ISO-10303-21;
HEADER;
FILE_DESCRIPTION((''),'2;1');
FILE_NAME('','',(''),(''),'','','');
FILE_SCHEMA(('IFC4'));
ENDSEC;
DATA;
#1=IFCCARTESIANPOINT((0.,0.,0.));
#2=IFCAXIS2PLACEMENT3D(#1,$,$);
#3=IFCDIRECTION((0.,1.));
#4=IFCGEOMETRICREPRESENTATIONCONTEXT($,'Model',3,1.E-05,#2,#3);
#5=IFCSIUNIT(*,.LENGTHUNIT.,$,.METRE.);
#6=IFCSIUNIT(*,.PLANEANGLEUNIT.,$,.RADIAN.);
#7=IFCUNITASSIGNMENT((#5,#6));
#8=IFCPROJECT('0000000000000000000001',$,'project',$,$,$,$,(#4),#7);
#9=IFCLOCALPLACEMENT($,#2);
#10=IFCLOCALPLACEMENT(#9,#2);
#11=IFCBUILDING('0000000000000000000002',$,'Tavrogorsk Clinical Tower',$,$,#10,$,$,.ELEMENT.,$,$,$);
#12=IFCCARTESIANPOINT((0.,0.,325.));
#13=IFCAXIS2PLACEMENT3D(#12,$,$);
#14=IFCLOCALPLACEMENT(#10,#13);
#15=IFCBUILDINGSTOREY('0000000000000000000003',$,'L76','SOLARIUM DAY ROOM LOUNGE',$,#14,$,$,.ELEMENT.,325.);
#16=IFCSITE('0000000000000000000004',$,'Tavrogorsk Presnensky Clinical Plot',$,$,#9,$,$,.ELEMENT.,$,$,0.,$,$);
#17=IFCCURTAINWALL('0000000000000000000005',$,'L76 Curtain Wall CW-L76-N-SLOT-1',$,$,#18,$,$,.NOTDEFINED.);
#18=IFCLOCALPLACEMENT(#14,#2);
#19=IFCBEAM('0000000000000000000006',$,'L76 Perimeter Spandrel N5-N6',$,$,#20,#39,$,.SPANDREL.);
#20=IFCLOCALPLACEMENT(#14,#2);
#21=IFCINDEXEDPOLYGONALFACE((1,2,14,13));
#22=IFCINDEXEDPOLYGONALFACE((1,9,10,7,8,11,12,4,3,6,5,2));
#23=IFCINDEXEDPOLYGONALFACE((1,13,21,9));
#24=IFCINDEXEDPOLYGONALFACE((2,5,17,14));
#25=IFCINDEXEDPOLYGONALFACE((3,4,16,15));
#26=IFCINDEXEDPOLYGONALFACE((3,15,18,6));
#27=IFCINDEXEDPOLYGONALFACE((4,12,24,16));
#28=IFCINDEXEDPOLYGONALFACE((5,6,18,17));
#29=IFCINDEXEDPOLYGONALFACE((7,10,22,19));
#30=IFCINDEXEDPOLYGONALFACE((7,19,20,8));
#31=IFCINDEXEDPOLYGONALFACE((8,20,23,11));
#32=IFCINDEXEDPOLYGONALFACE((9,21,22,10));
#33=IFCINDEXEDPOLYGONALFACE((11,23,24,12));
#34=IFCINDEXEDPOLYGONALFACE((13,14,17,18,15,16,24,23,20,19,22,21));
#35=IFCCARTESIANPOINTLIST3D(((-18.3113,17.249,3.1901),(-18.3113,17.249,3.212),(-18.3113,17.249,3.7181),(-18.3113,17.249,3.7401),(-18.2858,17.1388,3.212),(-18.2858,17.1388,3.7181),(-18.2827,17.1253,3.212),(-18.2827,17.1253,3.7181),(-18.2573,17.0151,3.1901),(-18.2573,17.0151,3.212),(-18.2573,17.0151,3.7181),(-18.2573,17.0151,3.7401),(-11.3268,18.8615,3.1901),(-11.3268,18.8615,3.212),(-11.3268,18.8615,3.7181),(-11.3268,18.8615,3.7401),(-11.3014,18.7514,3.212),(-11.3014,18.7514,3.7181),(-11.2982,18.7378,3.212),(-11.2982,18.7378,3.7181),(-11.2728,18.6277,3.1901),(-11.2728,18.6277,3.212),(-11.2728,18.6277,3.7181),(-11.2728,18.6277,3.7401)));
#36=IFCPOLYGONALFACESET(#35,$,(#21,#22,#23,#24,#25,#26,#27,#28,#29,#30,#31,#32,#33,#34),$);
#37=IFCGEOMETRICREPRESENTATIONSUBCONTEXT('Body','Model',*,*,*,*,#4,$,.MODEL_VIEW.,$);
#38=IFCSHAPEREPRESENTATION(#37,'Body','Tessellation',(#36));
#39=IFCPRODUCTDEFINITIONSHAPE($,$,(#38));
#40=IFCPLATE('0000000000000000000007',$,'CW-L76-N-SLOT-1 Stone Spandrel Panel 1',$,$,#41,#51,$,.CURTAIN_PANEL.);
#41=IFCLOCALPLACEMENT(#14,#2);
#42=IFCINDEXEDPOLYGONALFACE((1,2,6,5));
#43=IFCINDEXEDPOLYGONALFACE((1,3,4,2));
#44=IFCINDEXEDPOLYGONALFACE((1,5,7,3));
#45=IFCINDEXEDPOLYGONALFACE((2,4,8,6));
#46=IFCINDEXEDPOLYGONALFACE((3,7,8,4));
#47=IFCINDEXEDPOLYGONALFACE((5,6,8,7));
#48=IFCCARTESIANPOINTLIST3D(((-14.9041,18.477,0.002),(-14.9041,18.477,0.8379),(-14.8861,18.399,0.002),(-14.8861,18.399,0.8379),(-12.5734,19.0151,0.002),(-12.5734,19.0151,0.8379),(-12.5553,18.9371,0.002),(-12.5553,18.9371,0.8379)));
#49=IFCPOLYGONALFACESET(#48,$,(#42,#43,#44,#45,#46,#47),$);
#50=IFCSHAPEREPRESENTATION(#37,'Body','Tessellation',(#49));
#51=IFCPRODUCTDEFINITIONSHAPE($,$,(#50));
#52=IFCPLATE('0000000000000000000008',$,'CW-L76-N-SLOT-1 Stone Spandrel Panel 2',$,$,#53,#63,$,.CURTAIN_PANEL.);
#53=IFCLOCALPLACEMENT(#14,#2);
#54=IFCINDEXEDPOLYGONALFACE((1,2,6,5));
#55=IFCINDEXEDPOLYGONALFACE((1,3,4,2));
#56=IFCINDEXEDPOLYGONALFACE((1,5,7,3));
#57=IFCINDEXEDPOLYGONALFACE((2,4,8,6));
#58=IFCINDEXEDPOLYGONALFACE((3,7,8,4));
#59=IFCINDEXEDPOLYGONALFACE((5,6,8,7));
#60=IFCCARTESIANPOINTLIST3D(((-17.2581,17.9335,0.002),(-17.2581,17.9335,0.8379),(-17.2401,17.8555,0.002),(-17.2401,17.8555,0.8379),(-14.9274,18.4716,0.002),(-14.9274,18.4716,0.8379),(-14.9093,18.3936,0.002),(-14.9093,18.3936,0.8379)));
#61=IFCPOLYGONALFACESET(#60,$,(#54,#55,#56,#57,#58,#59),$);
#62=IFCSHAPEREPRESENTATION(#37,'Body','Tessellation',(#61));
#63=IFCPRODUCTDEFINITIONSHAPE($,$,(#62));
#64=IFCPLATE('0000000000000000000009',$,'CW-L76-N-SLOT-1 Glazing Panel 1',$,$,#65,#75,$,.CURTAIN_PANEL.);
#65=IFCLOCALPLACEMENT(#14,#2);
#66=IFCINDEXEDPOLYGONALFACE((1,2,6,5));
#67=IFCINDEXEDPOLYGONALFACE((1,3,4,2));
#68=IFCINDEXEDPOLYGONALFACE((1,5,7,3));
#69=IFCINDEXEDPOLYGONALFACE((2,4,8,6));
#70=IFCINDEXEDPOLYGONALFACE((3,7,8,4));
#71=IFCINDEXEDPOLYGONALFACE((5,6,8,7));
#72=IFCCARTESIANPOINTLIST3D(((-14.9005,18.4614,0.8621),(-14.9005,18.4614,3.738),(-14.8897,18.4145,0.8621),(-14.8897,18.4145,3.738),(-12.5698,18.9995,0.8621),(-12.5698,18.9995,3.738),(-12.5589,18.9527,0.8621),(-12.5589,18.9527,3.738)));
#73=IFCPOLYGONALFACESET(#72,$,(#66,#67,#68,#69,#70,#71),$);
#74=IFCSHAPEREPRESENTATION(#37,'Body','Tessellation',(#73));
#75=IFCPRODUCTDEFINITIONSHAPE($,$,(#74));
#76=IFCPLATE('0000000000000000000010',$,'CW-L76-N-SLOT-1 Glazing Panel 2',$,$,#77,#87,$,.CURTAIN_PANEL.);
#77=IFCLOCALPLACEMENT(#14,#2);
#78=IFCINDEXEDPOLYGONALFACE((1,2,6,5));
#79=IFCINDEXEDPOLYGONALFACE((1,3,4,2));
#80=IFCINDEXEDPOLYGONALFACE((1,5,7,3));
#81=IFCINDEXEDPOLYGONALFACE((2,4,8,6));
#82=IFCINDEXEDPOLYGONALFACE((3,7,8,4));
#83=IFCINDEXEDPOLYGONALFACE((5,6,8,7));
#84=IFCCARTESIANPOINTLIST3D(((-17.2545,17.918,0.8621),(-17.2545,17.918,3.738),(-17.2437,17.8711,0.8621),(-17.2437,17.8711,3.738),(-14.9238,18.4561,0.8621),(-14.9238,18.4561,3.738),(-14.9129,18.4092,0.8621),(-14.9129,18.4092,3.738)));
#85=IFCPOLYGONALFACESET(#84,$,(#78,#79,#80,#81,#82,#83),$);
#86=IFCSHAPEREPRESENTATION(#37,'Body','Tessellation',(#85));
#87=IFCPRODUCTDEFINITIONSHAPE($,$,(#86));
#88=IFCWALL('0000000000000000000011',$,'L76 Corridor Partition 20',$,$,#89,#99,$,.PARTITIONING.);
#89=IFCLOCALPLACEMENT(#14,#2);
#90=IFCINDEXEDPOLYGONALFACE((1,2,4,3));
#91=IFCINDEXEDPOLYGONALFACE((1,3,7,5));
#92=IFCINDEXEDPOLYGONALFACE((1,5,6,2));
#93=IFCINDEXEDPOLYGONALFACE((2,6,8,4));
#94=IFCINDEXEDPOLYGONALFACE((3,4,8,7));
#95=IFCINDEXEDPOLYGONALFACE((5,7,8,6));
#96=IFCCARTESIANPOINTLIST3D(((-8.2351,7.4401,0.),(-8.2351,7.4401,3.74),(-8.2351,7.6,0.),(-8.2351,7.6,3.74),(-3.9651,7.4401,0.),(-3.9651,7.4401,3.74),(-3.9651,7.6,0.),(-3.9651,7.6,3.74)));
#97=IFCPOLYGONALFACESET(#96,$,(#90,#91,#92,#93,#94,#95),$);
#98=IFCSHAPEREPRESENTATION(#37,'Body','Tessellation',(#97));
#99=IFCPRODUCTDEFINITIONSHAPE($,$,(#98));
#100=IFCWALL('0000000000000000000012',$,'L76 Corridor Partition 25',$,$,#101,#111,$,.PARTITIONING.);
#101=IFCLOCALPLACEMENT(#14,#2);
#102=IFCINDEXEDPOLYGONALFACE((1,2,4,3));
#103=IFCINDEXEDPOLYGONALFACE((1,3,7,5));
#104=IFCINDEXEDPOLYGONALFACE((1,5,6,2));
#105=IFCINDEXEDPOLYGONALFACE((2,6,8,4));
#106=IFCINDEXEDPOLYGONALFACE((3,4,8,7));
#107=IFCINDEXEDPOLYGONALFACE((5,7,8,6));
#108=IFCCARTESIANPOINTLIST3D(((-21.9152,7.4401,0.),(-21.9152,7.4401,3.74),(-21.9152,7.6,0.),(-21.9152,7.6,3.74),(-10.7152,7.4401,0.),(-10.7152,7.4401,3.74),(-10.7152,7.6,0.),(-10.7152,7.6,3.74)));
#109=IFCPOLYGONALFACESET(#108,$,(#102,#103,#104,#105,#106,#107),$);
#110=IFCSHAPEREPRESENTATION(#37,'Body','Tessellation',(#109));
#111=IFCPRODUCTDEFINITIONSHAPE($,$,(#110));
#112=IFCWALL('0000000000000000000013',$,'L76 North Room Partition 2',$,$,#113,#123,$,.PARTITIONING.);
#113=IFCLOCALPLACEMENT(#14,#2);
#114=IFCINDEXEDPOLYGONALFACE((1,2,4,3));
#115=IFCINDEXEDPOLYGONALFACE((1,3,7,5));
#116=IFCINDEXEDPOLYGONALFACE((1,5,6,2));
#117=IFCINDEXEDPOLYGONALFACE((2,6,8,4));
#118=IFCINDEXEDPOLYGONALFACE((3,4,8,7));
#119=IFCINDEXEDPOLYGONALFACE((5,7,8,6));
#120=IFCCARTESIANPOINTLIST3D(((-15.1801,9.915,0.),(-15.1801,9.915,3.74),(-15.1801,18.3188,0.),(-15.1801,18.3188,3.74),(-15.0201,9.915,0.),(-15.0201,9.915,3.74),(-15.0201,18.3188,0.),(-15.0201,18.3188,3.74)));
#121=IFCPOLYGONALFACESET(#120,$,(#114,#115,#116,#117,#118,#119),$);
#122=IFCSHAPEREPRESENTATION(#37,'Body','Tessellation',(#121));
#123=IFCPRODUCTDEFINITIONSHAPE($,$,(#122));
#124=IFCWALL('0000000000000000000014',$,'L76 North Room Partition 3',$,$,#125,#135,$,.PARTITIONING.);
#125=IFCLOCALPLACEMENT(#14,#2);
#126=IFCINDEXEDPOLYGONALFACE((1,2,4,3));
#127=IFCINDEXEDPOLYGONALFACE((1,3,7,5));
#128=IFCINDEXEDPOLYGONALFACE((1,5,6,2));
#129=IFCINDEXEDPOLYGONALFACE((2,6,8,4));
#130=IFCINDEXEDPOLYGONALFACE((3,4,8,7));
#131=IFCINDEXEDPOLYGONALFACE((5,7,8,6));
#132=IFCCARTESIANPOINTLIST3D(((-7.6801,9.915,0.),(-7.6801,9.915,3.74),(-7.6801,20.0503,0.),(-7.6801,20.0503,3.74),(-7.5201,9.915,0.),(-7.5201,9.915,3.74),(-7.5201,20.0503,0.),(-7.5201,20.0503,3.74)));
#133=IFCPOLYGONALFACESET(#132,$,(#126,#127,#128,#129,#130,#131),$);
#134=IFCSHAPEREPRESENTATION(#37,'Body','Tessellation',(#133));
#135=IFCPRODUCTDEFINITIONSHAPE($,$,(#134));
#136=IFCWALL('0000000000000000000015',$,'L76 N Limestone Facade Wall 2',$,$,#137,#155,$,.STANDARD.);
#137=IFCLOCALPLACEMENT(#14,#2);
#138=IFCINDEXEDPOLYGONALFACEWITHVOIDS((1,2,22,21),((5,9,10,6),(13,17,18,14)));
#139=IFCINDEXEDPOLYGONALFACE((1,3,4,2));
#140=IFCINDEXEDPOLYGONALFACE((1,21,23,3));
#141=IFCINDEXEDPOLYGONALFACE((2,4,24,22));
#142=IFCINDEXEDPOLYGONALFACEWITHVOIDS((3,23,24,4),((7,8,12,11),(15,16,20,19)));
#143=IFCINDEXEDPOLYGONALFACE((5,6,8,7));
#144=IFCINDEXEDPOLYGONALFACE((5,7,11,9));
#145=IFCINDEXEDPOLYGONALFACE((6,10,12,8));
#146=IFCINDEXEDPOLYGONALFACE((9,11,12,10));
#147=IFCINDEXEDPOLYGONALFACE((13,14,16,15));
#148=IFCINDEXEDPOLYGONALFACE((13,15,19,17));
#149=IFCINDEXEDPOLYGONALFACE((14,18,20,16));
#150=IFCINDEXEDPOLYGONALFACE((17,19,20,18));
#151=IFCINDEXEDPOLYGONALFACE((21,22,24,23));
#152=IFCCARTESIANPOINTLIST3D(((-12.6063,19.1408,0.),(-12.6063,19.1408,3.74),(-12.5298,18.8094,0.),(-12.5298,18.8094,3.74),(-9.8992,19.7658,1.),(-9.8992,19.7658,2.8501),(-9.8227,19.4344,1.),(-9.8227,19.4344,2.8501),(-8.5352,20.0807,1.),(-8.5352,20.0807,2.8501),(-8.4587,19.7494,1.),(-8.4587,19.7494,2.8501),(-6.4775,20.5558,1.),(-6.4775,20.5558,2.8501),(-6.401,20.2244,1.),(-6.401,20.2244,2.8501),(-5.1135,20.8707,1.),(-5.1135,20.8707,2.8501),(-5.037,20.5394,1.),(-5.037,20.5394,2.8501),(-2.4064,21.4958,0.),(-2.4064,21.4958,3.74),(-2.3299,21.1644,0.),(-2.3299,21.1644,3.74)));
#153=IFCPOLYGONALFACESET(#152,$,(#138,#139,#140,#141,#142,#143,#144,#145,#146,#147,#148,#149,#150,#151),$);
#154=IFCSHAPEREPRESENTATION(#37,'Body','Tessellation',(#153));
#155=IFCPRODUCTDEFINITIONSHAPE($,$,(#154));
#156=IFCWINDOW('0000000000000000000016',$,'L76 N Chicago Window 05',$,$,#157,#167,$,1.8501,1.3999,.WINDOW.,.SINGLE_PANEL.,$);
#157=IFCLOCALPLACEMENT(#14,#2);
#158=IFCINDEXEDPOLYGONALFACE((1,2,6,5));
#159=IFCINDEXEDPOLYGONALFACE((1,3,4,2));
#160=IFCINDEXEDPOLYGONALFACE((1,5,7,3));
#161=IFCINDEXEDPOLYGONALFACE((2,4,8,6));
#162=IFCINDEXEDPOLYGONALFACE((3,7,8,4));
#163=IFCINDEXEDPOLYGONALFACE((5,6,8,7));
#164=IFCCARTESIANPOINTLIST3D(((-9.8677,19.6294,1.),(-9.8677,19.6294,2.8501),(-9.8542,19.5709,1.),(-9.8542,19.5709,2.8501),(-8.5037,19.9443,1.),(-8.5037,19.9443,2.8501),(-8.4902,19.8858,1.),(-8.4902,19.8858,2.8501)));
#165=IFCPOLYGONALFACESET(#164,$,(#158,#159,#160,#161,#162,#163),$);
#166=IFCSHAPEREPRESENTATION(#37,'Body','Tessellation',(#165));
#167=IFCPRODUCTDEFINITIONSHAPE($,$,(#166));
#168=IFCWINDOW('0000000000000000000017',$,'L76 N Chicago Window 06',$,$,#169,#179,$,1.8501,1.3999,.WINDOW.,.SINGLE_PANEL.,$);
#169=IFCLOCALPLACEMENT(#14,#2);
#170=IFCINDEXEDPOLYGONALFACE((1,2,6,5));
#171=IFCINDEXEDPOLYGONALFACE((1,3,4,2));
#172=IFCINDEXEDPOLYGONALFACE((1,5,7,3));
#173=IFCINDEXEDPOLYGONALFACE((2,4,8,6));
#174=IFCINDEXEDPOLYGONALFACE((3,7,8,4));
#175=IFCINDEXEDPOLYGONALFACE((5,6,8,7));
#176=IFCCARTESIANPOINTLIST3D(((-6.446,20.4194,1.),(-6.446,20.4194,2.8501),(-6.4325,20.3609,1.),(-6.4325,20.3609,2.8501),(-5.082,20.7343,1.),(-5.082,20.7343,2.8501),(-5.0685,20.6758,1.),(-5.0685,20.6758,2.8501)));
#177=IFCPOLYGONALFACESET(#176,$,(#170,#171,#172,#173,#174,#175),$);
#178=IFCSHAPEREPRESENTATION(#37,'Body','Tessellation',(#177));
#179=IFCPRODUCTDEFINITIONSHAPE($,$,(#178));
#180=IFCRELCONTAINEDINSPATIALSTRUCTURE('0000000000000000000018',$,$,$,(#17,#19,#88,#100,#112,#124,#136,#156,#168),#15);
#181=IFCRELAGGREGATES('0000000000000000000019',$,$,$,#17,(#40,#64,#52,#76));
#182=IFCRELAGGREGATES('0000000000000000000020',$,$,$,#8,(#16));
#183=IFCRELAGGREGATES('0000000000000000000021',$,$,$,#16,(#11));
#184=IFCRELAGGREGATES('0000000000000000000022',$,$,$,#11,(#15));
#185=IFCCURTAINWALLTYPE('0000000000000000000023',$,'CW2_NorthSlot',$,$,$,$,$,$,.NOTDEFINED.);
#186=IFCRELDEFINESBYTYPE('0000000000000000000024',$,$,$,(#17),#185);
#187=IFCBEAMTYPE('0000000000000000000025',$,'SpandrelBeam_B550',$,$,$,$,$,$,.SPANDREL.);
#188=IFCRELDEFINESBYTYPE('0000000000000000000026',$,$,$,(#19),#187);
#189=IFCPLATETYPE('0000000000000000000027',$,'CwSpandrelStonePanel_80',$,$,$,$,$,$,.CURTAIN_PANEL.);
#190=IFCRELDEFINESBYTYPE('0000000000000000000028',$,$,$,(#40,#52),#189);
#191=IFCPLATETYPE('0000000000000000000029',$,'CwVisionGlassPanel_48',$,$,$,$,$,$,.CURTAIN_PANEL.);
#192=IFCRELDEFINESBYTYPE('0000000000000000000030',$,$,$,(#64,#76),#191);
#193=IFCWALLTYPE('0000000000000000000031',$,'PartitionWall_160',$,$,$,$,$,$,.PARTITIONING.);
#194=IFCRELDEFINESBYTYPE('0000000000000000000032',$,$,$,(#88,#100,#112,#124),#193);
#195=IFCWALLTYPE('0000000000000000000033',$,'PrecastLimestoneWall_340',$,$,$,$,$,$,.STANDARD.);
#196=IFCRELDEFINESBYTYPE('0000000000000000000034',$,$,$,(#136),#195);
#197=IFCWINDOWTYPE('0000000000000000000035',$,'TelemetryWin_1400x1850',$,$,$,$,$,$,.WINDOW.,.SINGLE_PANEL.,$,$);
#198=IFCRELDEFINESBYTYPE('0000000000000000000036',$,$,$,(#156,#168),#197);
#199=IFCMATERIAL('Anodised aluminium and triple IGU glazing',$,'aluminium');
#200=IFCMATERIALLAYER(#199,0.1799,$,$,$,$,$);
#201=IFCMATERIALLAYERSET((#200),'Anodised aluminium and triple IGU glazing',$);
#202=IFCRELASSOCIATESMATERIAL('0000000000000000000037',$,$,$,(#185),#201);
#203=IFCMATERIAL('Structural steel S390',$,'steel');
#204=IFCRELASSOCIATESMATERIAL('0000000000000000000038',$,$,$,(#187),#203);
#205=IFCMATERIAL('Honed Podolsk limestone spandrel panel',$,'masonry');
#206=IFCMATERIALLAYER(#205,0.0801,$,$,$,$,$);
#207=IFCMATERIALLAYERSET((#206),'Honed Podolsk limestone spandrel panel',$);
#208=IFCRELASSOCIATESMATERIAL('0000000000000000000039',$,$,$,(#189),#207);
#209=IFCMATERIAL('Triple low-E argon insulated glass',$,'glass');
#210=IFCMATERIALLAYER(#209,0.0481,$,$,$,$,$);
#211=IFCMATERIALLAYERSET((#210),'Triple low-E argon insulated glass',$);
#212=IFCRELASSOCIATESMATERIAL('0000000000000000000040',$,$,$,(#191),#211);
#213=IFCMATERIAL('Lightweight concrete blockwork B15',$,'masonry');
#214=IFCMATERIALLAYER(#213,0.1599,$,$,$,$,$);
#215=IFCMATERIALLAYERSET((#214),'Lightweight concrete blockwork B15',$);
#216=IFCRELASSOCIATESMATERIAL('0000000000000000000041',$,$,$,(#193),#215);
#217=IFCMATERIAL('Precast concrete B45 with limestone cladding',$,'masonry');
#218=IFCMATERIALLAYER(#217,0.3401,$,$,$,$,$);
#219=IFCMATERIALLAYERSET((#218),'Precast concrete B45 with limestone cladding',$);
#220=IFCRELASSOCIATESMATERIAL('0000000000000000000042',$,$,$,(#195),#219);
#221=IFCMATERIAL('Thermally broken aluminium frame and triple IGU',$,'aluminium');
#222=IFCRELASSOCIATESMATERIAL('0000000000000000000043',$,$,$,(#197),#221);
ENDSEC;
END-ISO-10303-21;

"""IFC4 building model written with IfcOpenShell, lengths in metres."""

from ifc_helpers import new_model, si_unit, direction, frame, frame_2d, origin, origin_2d, place, context, subcontext, project, spatial, rectangle, i_section, extrude, material, layer, layer_set, material_profile, profile_set, type_object, element, fill, aggregate, save


model = new_model("IFC4")

# Units and contexts
model_context = context("Model", 3, precision=1e-05, world=origin(), true_north=direction((0.0, 1.0)))
body_context = subcontext(model_context, "Body", "Model", "MODEL_VIEW")
ifc_project = project(units=[si_unit("LENGTHUNIT", "METRE"), si_unit("PLANEANGLEUNIT", "RADIAN")], contexts=[model_context])

# Site, building, storey
site_placement = place(None, origin())
site = spatial("IfcSite", under=ifc_project, at=site_placement, Name="Tavrogorsk Presnensky Clinical Plot", CompositionType="ELEMENT", RefElevation=0.0)
building_placement = place(site_placement, origin())
building = spatial("IfcBuilding", under=site, at=building_placement, Name="Tavrogorsk Clinical Tower", CompositionType="ELEMENT")
storey_placement = place(building_placement, frame((0.0, 0.0, 325.0)))
storey = spatial("IfcBuildingStorey", under=building, at=storey_placement, Name="L76", Description="SOLARIUM DAY ROOM LOUNGE", CompositionType="ELEMENT", Elevation=325.0)

# Curtain wall
ifc_material_1 = material(Name="Anodised aluminium and triple IGU glazing", Category="aluminium")
ifc_layer_1 = layer(ifc_material_1, 0.1799)
ifc_layer_set_1 = layer_set([ifc_layer_1], Name="Anodised aluminium and triple IGU glazing")
curtain_wall_type = type_object("IfcCurtainWallType", Name="CW2_NorthSlot", PredefinedType="NOTDEFINED", material=ifc_layer_set_1)
curtain_wall_1_placement = place(storey_placement, origin())
curtain_wall_1 = element("IfcCurtainWall", 1, at=curtain_wall_1_placement, inside=storey, type_object=curtain_wall_type, Name="L76 Curtain Wall CW-L76-N-SLOT-1", PredefinedType="NOTDEFINED")

# Beam
ifc_material_2 = material(Name="Structural steel S390", Category="steel")
ifc_material_profile_1 = material_profile(ifc_material_2, i_section(OverallWidth=0.24, OverallDepth=0.55, WebThickness=0.0139, FlangeThickness=0.022, at=origin_2d()), Name="B-550x240x14x22")
ifc_profile_set_1 = profile_set([ifc_material_profile_1], Name="Structural steel S390")
beam_type = type_object("IfcBeamType", Name="SpandrelBeam_B550", PredefinedType="SPANDREL", material=ifc_profile_set_1)
for number, where, z_axis, x_axis, name in (
    (2, (-11.2998, 18.7446, 3.4651), (-0.974368, -0.224961, 0.0), (0.224961, -0.974368, 0.0), "L76 Perimeter Spandrel N5-N6"),
):
    element("IfcBeam", number, at=place(storey_placement, frame(where, z_axis=z_axis, x_axis=x_axis)), inside=storey, type_object=beam_type, Name=name, PredefinedType="SPANDREL", context=body_context, shape_type="SweptSolid", body=[
        extrude(i_section(OverallWidth=0.24, OverallDepth=0.55, WebThickness=0.0139, FlangeThickness=0.022, at=origin_2d()), origin(), (0.0, 0.0, 1.0), 7.1682),
    ])

# Plates
ifc_material_3 = material(Name="Honed Podolsk limestone spandrel panel", Category="masonry")
ifc_layer_2 = layer(ifc_material_3, 0.0801)
ifc_layer_set_2 = layer_set([ifc_layer_2], Name="Honed Podolsk limestone spandrel panel")
plate_type_1 = type_object("IfcPlateType", Name="CwSpandrelStonePanel_80", PredefinedType="CURTAIN_PANEL", material=ifc_layer_set_2)
plate_1_placement = place(storey_placement, frame((-13.7297, 18.707, 0.002), z_axis=(0.0, 0.0, 1.0), x_axis=(-0.97437, -0.224951, 0.0)))
plate_1 = element("IfcPlate", 3, at=plate_1_placement, type_object=plate_type_1, Name="CW-L76-N-SLOT-1 Stone Spandrel Panel 1", PredefinedType="CURTAIN_PANEL", context=body_context, shape_type="SweptSolid", body=[
    extrude(rectangle(XDim=2.3921, YDim=0.0801, at=origin_2d()), origin(), (0.0, 0.0, 1.0), 0.8359),
])
plate_2_placement = place(storey_placement, frame((-16.0837, 18.1636, 0.002), z_axis=(0.0, 0.0, 1.0), x_axis=(-0.97437, -0.224951, 0.0)))
plate_2 = element("IfcPlate", 4, at=plate_2_placement, type_object=plate_type_1, Name="CW-L76-N-SLOT-1 Stone Spandrel Panel 2", PredefinedType="CURTAIN_PANEL", context=body_context, shape_type="SweptSolid", body=[
    extrude(rectangle(XDim=2.3921, YDim=0.0801, at=origin_2d()), origin(), (0.0, 0.0, 1.0), 0.8359),
])
ifc_material_4 = material(Name="Triple low-E argon insulated glass", Category="glass")
ifc_layer_3 = layer(ifc_material_4, 0.0481)
ifc_layer_set_3 = layer_set([ifc_layer_3], Name="Triple low-E argon insulated glass")
plate_type_2 = type_object("IfcPlateType", Name="CwVisionGlassPanel_48", PredefinedType="CURTAIN_PANEL", material=ifc_layer_set_3)
plate_3_placement = place(storey_placement, frame((-13.7297, 18.707, 0.8621), z_axis=(0.0, 0.0, 1.0), x_axis=(-0.97437, -0.224951, 0.0)))
plate_3 = element("IfcPlate", 5, at=plate_3_placement, type_object=plate_type_2, Name="CW-L76-N-SLOT-1 Glazing Panel 1", PredefinedType="CURTAIN_PANEL", context=body_context, shape_type="SweptSolid", body=[
    extrude(rectangle(XDim=2.3921, YDim=0.0481, at=origin_2d()), origin(), (0.0, 0.0, 1.0), 2.876),
])
plate_4_placement = place(storey_placement, frame((-16.0837, 18.1636, 0.8621), z_axis=(0.0, 0.0, 1.0), x_axis=(-0.97437, -0.224951, 0.0)))
plate_4 = element("IfcPlate", 6, at=plate_4_placement, type_object=plate_type_2, Name="CW-L76-N-SLOT-1 Glazing Panel 2", PredefinedType="CURTAIN_PANEL", context=body_context, shape_type="SweptSolid", body=[
    extrude(rectangle(XDim=2.3921, YDim=0.0481, at=origin_2d()), origin(), (0.0, 0.0, 1.0), 2.876),
])
aggregate(curtain_wall_1, [plate_1, plate_3, plate_2, plate_4])

# Walls
ifc_material_5 = material(Name="Lightweight concrete blockwork B15", Category="masonry")
ifc_layer_4 = layer(ifc_material_5, 0.1599)
ifc_layer_set_4 = layer_set([ifc_layer_4], Name="Lightweight concrete blockwork B15")
wall_type_1 = type_object("IfcWallType", Name="PartitionWall_160", PredefinedType="PARTITIONING", material=ifc_layer_set_4)
wall_1_placement = place(storey_placement, frame((-3.9651, 7.52, 0.0), z_axis=(0.0, 0.0, 1.0), x_axis=(-1.0, 0.0, 0.0)))
element("IfcWall", 7, at=wall_1_placement, inside=storey, type_object=wall_type_1, Name="L76 Corridor Partition 20", PredefinedType="PARTITIONING", context=body_context, shape_type="SweptSolid", body=[
    extrude(rectangle(XDim=4.27, YDim=0.1599, at=frame_2d((2.135, 0.0))), origin(), (0.0, 0.0, 1.0), 3.74),
])
wall_2_placement = place(storey_placement, frame((-10.7151, 7.52, 0.0), z_axis=(0.0, 0.0, 1.0), x_axis=(-1.0, 0.0, 0.0)))
element("IfcWall", 8, at=wall_2_placement, inside=storey, type_object=wall_type_1, Name="L76 Corridor Partition 25", PredefinedType="PARTITIONING", context=body_context, shape_type="SweptSolid", body=[
    extrude(rectangle(XDim=11.2, YDim=0.1599, at=frame_2d((5.6001, 0.0))), origin(), (0.0, 0.0, 1.0), 3.74),
])
wall_3_placement = place(storey_placement, frame((-15.1001, 9.915, 0.0), z_axis=(0.0, 0.0, 1.0), x_axis=(0.0, 1.0, 0.0)))
element("IfcWall", 9, at=wall_3_placement, inside=storey, type_object=wall_type_1, Name="L76 North Room Partition 2", PredefinedType="PARTITIONING", context=body_context, shape_type="SweptSolid", body=[
    extrude(rectangle(XDim=8.4038, YDim=0.1599, at=frame_2d((4.2019, 0.0))), origin(), (0.0, 0.0, 1.0), 3.74),
])
wall_4_placement = place(storey_placement, frame((-7.6001, 9.915, 0.0), z_axis=(0.0, 0.0, 1.0), x_axis=(0.0, 1.0, 0.0)))
element("IfcWall", 10, at=wall_4_placement, inside=storey, type_object=wall_type_1, Name="L76 North Room Partition 3", PredefinedType="PARTITIONING", context=body_context, shape_type="SweptSolid", body=[
    extrude(rectangle(XDim=10.1353, YDim=0.1599, at=frame_2d((5.0676, 0.0))), origin(), (0.0, 0.0, 1.0), 3.74),
])

# Wall, openings, windows
ifc_material_6 = material(Name="Precast concrete B45 with limestone cladding", Category="masonry")
ifc_layer_5 = layer(ifc_material_6, 0.3401)
ifc_layer_set_5 = layer_set([ifc_layer_5], Name="Precast concrete B45 with limestone cladding")
wall_type_2 = type_object("IfcWallType", Name="PrecastLimestoneWall_340", PredefinedType="STANDARD", material=ifc_layer_set_5)
wall_5_placement = place(storey_placement, frame((-2.3682, 21.3301, 0.0), z_axis=(0.0, 0.0, 1.0), x_axis=(-0.974367, -0.224963, 0.0)))
wall_5 = element("IfcWall", 11, at=wall_5_placement, inside=storey, type_object=wall_type_2, Name="L76 N Limestone Facade Wall 2", PredefinedType="STANDARD", context=body_context, shape_type="SweptSolid", body=[
    extrude(rectangle(XDim=10.4683, YDim=0.3401, at=frame_2d((5.2341, 0.0))), origin(), (0.0, 0.0, 1.0), 3.74),
])
opening_1_placement = place(wall_5_placement, frame((6.29, 0.0, 1.0)))
opening_1 = element("IfcOpeningElement", 12, at=opening_1_placement, cuts=wall_5, PredefinedType="OPENING", context=body_context, shape_type="SweptSolid", body=[
    extrude(rectangle(XDim=1.3999, YDim=1.8501, at=frame_2d((0.7, 0.925))), frame((0.0, 0.1799, 0.0), z_axis=(0.0, -1.0, 0.0), x_axis=(1.0, 0.0, 0.0)), (0.0, 0.0, 1.0), 0.3601),
])
opening_2_placement = place(wall_5_placement, frame((2.7783, 0.0, 1.0)))
opening_2 = element("IfcOpeningElement", 13, at=opening_2_placement, cuts=wall_5, PredefinedType="OPENING", context=body_context, shape_type="SweptSolid", body=[
    extrude(rectangle(XDim=1.3999, YDim=1.8501, at=frame_2d((0.7, 0.925))), frame((0.0, 0.1799, 0.0), z_axis=(0.0, -1.0, 0.0), x_axis=(1.0, 0.0, 0.0)), (0.0, 0.0, 1.0), 0.3601),
])
ifc_material_7 = material(Name="Thermally broken aluminium frame and triple IGU", Category="aluminium")
window_type = type_object("IfcWindowType", Name="TelemetryWin_1400x1850", PartitioningType="SINGLE_PANEL", PredefinedType="WINDOW", material=ifc_material_7)
window_1_placement = place(opening_1_placement, origin())
window_1 = element("IfcWindow", 14, at=window_1_placement, inside=storey, type_object=window_type, Name="L76 N Chicago Window 05", OverallHeight=1.8501, OverallWidth=1.3999, PartitioningType="SINGLE_PANEL", PredefinedType="WINDOW", context=body_context, shape_type="SweptSolid", body=[
    extrude(rectangle(XDim=1.3999, YDim=1.8501, at=frame_2d((0.7, 0.925))), frame((0.0, 0.03, 0.0), z_axis=(0.0, -1.0, 0.0), x_axis=(1.0, 0.0, 0.0)), (0.0, 0.0, 1.0), 0.0601),
])
fill(opening_1, window_1)
window_2_placement = place(opening_2_placement, origin())
window_2 = element("IfcWindow", 15, at=window_2_placement, inside=storey, type_object=window_type, Name="L76 N Chicago Window 06", OverallHeight=1.8501, OverallWidth=1.3999, PartitioningType="SINGLE_PANEL", PredefinedType="WINDOW", context=body_context, shape_type="SweptSolid", body=[
    extrude(rectangle(XDim=1.3999, YDim=1.8501, at=frame_2d((0.7, 0.925))), frame((0.0, 0.03, 0.0), z_axis=(0.0, -1.0, 0.0), x_axis=(1.0, 0.0, 0.0)), (0.0, 0.0, 1.0), 0.0601),
])
fill(opening_2, window_2)

save(model, "model.ifc")
